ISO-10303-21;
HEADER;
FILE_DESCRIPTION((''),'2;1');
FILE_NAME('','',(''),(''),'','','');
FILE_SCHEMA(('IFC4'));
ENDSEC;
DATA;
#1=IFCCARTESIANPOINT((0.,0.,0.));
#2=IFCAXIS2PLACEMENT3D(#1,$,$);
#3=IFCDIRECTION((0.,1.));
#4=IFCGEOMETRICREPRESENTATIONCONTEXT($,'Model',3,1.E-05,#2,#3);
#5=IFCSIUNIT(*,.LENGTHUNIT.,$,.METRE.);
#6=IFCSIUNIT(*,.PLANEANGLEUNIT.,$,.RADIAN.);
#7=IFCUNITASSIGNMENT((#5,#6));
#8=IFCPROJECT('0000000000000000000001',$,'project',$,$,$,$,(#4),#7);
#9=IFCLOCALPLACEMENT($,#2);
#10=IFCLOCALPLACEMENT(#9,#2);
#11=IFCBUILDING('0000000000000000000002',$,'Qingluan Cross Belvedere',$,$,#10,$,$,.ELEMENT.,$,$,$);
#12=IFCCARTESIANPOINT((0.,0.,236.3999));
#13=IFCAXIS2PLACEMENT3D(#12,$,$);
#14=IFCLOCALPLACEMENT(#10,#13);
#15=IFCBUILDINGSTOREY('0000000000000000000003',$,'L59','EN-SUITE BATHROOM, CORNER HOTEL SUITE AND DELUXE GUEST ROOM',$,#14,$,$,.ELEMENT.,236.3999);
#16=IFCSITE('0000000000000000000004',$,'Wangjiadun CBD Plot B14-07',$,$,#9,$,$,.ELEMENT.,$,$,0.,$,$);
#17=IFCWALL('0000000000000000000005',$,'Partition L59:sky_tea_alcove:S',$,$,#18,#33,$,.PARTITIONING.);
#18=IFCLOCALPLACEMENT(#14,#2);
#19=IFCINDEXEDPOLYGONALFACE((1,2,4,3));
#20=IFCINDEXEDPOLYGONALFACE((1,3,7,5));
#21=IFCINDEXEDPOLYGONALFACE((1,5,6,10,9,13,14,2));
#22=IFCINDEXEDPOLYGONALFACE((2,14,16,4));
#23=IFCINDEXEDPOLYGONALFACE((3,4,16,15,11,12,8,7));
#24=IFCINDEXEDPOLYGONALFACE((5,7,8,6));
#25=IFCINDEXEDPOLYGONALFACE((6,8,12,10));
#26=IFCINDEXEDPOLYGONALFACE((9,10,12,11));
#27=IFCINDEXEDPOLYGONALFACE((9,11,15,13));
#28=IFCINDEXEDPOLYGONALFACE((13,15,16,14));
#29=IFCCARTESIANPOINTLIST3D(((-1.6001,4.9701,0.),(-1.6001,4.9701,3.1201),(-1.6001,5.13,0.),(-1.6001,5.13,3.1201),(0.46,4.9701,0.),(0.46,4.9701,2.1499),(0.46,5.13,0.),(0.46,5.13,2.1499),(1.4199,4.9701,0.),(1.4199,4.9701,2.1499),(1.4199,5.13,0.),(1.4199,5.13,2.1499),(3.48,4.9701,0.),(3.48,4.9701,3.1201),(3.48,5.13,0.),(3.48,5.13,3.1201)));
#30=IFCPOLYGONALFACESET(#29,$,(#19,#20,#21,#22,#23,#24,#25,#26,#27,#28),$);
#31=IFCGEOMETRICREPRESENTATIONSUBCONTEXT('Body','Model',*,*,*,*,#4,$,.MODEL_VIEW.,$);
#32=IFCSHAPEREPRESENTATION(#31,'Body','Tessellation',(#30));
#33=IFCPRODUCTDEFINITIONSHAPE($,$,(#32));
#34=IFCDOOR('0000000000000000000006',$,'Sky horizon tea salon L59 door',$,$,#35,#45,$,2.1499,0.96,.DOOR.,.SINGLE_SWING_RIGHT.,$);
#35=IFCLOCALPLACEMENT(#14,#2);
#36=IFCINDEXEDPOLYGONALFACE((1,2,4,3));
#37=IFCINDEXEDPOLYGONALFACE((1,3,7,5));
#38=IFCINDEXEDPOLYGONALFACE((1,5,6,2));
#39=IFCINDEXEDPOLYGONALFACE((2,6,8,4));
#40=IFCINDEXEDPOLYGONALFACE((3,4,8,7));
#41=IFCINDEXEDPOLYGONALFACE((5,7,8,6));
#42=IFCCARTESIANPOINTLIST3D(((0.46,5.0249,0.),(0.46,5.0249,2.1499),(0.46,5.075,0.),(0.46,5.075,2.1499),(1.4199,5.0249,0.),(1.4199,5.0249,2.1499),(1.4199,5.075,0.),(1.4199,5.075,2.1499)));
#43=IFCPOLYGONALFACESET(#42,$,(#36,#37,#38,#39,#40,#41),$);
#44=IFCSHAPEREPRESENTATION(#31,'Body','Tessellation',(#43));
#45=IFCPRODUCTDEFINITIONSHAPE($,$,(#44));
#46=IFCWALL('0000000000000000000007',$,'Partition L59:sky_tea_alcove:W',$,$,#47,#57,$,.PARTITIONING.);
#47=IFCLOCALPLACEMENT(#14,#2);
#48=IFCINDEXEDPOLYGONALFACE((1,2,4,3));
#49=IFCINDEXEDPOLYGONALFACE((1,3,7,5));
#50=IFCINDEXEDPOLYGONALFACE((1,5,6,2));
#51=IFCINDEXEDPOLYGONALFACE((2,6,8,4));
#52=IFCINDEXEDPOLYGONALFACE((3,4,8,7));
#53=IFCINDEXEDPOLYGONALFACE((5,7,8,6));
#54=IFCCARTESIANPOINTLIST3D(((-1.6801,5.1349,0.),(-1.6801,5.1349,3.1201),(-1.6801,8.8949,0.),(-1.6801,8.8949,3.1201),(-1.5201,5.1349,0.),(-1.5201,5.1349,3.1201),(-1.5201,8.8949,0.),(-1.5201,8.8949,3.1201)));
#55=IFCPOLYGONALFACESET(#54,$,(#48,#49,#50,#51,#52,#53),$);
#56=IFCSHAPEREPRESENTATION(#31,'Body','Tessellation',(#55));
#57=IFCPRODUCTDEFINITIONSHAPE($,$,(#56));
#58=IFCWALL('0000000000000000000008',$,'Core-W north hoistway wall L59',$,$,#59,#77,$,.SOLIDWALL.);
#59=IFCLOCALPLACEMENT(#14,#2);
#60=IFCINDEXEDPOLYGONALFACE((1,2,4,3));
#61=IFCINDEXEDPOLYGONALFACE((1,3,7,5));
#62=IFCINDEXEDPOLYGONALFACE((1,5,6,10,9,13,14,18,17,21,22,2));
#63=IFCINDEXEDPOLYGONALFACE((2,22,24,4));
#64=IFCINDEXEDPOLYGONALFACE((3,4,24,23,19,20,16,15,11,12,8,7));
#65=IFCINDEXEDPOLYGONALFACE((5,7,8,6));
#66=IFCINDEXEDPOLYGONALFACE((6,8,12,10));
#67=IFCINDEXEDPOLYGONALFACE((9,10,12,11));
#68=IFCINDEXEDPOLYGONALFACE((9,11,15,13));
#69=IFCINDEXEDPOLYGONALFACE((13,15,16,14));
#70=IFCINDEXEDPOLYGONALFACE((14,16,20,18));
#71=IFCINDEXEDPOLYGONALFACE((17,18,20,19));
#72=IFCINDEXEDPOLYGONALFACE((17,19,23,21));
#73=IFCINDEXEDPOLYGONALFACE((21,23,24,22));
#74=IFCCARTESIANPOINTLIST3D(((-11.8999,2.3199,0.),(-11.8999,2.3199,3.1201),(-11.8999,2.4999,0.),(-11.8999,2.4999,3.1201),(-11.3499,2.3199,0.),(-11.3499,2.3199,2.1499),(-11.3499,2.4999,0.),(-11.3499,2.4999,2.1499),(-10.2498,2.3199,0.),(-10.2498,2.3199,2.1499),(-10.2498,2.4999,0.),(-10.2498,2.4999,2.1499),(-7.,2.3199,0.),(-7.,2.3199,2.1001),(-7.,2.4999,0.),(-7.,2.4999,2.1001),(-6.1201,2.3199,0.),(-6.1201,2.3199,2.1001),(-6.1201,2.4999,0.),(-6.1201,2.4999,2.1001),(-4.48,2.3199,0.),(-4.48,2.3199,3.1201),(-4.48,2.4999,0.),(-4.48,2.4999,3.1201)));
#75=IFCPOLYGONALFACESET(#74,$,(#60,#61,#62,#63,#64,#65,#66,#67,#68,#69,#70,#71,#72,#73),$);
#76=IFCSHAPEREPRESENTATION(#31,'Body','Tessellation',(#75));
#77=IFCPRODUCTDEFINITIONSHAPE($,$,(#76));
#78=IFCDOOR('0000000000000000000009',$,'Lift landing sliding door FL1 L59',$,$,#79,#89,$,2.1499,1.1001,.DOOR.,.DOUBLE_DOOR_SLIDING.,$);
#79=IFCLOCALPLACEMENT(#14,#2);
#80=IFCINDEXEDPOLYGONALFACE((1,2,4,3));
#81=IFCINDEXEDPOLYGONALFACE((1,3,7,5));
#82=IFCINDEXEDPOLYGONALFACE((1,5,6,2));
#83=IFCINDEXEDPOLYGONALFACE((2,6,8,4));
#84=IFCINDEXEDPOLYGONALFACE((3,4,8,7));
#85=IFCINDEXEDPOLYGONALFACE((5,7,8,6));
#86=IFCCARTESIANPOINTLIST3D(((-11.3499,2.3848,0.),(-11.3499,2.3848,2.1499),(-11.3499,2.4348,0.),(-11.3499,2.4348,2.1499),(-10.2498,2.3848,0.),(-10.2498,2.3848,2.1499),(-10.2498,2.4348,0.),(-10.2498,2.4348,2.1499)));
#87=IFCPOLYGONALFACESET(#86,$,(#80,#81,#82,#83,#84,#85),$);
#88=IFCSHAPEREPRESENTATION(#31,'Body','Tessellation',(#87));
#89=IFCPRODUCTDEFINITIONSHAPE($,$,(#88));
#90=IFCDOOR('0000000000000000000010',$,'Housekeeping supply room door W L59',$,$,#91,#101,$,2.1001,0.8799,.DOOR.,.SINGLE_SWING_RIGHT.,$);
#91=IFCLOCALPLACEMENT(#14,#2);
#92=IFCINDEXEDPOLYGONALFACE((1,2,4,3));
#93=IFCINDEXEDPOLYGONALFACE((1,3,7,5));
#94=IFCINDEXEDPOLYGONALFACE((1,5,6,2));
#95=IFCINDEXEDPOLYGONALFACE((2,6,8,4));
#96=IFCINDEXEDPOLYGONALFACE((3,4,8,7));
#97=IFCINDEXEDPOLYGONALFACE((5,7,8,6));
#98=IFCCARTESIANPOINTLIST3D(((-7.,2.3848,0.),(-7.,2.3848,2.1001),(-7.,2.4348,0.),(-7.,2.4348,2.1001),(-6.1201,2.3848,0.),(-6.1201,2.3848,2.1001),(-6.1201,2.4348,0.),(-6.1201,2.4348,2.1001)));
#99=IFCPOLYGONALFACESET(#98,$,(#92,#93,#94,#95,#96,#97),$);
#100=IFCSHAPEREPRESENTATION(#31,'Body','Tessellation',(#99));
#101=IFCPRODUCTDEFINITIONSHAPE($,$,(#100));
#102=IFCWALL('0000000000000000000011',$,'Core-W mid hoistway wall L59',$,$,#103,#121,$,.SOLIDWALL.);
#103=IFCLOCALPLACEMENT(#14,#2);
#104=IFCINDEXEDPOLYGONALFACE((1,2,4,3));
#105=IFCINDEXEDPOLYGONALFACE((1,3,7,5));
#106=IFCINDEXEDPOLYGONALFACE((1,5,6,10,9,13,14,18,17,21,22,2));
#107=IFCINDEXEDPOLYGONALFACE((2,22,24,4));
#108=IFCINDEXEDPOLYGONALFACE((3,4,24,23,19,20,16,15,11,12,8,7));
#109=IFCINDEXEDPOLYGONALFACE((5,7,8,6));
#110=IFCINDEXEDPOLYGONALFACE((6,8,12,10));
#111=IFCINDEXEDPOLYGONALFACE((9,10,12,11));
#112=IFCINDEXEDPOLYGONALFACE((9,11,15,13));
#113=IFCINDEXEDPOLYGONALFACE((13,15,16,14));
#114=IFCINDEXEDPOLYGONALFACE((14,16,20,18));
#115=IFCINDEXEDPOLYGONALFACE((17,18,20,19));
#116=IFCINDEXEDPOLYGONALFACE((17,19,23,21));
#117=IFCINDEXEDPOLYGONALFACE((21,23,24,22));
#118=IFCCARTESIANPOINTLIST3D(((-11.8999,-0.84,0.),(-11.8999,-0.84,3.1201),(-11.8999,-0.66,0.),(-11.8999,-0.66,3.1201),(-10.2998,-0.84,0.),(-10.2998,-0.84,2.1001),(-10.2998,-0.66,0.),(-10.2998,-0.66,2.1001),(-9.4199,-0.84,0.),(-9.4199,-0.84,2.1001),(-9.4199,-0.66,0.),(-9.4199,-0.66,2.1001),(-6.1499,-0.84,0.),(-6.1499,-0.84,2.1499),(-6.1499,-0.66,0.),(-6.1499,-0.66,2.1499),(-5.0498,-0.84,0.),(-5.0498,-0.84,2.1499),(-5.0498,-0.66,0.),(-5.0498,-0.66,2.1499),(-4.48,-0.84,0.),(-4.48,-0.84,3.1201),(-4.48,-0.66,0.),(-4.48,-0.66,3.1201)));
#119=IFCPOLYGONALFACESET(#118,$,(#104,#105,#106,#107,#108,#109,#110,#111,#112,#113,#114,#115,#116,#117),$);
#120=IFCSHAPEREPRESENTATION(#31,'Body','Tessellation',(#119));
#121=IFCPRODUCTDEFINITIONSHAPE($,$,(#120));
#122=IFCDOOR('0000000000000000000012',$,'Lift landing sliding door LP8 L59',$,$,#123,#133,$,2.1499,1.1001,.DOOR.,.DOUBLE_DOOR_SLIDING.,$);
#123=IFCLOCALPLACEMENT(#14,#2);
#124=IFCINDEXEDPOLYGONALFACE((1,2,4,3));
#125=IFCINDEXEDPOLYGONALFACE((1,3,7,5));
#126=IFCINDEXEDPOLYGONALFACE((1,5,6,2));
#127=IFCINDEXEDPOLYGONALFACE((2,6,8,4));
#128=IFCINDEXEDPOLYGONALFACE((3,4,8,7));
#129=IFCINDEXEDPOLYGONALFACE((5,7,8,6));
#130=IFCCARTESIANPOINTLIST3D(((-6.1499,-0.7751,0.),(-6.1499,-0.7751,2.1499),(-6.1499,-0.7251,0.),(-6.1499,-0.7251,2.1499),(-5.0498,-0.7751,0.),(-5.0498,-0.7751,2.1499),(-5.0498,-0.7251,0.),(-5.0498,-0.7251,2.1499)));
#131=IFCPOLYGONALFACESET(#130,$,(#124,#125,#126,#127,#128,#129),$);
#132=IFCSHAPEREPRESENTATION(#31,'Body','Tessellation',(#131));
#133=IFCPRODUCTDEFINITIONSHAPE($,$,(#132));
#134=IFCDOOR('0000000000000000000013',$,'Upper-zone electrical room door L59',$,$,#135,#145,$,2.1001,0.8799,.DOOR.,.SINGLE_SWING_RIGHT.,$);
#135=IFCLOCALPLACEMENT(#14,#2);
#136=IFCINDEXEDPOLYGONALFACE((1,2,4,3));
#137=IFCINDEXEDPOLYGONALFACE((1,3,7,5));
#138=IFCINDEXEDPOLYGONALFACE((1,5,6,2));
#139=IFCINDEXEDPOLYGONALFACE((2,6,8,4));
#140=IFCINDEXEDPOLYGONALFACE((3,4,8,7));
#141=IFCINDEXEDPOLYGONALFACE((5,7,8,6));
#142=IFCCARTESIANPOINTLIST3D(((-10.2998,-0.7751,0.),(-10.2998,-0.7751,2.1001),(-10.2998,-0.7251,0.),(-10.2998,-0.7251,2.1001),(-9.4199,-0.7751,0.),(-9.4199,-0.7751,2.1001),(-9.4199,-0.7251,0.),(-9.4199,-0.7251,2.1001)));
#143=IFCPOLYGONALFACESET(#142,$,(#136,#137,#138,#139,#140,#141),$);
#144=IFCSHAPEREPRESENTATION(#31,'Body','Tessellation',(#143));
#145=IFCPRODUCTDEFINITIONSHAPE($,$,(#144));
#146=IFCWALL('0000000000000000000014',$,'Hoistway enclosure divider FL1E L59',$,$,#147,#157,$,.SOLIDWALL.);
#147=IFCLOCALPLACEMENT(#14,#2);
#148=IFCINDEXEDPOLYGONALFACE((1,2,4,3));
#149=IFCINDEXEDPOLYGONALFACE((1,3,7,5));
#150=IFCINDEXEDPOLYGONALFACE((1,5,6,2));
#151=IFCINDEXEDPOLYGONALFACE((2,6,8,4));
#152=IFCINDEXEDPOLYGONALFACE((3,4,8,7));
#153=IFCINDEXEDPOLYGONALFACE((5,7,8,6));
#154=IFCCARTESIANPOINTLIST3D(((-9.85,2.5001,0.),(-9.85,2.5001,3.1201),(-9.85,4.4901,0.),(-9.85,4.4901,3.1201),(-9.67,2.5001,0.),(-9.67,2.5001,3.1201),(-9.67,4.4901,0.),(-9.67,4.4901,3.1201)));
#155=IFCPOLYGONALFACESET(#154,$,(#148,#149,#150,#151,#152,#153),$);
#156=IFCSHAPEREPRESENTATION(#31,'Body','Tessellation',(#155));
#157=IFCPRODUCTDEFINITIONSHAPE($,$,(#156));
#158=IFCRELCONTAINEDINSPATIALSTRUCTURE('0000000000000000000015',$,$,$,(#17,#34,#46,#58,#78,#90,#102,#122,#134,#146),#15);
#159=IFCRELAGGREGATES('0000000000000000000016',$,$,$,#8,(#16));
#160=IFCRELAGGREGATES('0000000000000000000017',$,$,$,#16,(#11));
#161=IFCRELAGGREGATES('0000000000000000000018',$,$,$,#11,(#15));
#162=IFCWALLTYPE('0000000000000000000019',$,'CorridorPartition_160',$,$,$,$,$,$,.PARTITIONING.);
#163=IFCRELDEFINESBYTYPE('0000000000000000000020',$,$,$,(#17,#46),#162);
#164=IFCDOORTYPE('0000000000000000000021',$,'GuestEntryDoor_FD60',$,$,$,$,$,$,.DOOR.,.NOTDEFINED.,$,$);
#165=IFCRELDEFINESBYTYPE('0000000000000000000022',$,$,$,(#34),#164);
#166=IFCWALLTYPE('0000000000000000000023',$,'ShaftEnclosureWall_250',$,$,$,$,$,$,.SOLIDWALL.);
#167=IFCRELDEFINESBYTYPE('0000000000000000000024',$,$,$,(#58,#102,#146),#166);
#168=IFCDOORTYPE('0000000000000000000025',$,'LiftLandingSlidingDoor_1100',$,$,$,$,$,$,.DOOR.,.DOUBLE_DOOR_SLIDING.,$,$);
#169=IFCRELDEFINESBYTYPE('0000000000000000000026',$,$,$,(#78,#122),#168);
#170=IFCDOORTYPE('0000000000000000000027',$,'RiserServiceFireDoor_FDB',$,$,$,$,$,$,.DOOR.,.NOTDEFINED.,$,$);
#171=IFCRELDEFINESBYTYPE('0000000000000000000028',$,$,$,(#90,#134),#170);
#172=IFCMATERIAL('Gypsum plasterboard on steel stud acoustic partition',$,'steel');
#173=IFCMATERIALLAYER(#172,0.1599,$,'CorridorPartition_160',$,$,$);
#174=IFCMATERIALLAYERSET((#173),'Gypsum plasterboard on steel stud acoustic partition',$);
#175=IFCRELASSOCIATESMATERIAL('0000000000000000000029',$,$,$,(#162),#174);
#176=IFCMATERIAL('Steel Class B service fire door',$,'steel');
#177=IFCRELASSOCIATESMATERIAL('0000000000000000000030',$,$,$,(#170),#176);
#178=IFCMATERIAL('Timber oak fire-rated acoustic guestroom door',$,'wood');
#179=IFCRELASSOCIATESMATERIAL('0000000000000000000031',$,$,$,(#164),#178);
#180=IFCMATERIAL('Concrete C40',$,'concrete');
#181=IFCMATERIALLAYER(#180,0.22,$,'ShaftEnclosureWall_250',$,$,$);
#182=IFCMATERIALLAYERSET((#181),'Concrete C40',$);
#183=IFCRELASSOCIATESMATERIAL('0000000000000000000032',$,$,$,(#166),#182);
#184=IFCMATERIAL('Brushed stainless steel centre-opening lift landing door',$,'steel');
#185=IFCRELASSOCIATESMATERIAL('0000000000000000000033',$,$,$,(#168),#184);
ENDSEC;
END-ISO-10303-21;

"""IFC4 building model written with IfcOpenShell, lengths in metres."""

from ifc_helpers import new_model, si_unit, direction, frame, frame_2d, origin, place, context, subcontext, project, spatial, rectangle, extrude, material, layer, layer_set, type_object, element, fill, save


model = new_model("IFC4")

# Units and contexts
model_context = context("Model", 3, precision=1e-05, world=origin(), true_north=direction((0.0, 1.0)))
body_context = subcontext(model_context, "Body", "Model", "MODEL_VIEW")
ifc_project = project(units=[si_unit("LENGTHUNIT", "METRE"), si_unit("PLANEANGLEUNIT", "RADIAN")], contexts=[model_context])

# Site, building, storey
site_placement = place(None, origin())
site = spatial("IfcSite", under=ifc_project, at=site_placement, Name="Wangjiadun CBD Plot B14-07", CompositionType="ELEMENT", RefElevation=0.0)
building_placement = place(site_placement, origin())
building = spatial("IfcBuilding", under=site, at=building_placement, Name="Qingluan Cross Belvedere", CompositionType="ELEMENT")
storey_placement = place(building_placement, frame((0.0, 0.0, 236.3999)))
storey = spatial("IfcBuildingStorey", under=building, at=storey_placement, Name="L59", Description="EN-SUITE BATHROOM, CORNER HOTEL SUITE AND DELUXE GUEST ROOM", CompositionType="ELEMENT", Elevation=236.3999)

# Wall, opening, door
ifc_material_1 = material(Name="Gypsum plasterboard on steel stud acoustic partition", Category="steel")
ifc_layer_1 = layer(ifc_material_1, 0.1599, Name="CorridorPartition_160")
ifc_layer_set_1 = layer_set([ifc_layer_1], Name="Gypsum plasterboard on steel stud acoustic partition")
wall_type_1 = type_object("IfcWallType", Name="CorridorPartition_160", PredefinedType="PARTITIONING", material=ifc_layer_set_1)
ifc_material_2 = material(Name="Steel Class B service fire door", Category="steel")
door_type_1 = type_object("IfcDoorType", Name="RiserServiceFireDoor_FDB", OperationType="NOTDEFINED", PredefinedType="DOOR", material=ifc_material_2)
wall_1_placement = place(storey_placement, frame((-1.6001, 5.05, 0.0), z_axis=(0.0, 0.0, 1.0), x_axis=(1.0, 0.0, 0.0)))
wall_1 = element("IfcWall", 1, at=wall_1_placement, inside=storey, type_object=wall_type_1, Name="Partition L59:sky_tea_alcove:S", PredefinedType="PARTITIONING", context=body_context, shape_type="SweptSolid", body=[
    extrude(rectangle(XDim=5.0801, YDim=0.1599, at=frame_2d((2.54, 0.0))), origin(), (0.0, 0.0, 1.0), 3.1201),
])
opening_1_placement = place(wall_1_placement, frame((2.0601, 0.0, 0.0)))
opening_1 = element("IfcOpeningElement", 2, at=opening_1_placement, cuts=wall_1, PredefinedType="OPENING", context=body_context, shape_type="SweptSolid", body=[
    extrude(rectangle(XDim=0.96, YDim=2.1499, at=frame_2d((0.48, 1.075))), frame((0.0, 0.0898, 0.0), z_axis=(0.0, -1.0, 0.0), x_axis=(1.0, 0.0, 0.0)), (0.0, 0.0, 1.0), 0.1799),
])
ifc_material_3 = material(Name="Timber oak fire-rated acoustic guestroom door", Category="wood")
door_type_2 = type_object("IfcDoorType", Name="GuestEntryDoor_FD60", OperationType="NOTDEFINED", PredefinedType="DOOR", material=ifc_material_3)
door_1_placement = place(opening_1_placement, origin())
door_1 = element("IfcDoor", 3, at=door_1_placement, inside=storey, type_object=door_type_2, Name="Sky horizon tea salon L59 door", OperationType="SINGLE_SWING_RIGHT", OverallHeight=2.1499, OverallWidth=0.96, PredefinedType="DOOR", context=body_context, shape_type="SweptSolid", body=[
    extrude(rectangle(XDim=0.96, YDim=2.1499, at=frame_2d((0.48, 1.075))), frame((0.0, 0.0249, 0.0), z_axis=(0.0, -1.0, 0.0), x_axis=(1.0, 0.0, 0.0)), (0.0, 0.0, 1.0), 0.05),
])
fill(opening_1, door_1)

# Wall
wall_2_placement = place(storey_placement, frame((-1.6001, 5.135, 0.0), z_axis=(0.0, 0.0, 1.0), x_axis=(0.0, 1.0, 0.0)))
element("IfcWall", 4, at=wall_2_placement, inside=storey, type_object=wall_type_1, Name="Partition L59:sky_tea_alcove:W", PredefinedType="PARTITIONING", context=body_context, shape_type="SweptSolid", body=[
    extrude(rectangle(XDim=3.76, YDim=0.1599, at=frame_2d((1.8799, 0.0))), origin(), (0.0, 0.0, 1.0), 3.1201),
])

# Walls, openings, doors
ifc_material_4 = material(Name="Concrete C40", Category="concrete")
ifc_layer_2 = layer(ifc_material_4, 0.22, Name="ShaftEnclosureWall_250")
ifc_layer_set_2 = layer_set([ifc_layer_2], Name="Concrete C40")
wall_type_2 = type_object("IfcWallType", Name="ShaftEnclosureWall_250", PredefinedType="SOLIDWALL", material=ifc_layer_set_2)
wall_3_placement = place(storey_placement, frame((-11.8999, 2.4099, 0.0), z_axis=(0.0, 0.0, 1.0), x_axis=(1.0, 0.0, 0.0)))
wall_3 = element("IfcWall", 5, at=wall_3_placement, inside=storey, type_object=wall_type_2, Name="Core-W north hoistway wall L59", PredefinedType="SOLIDWALL", context=body_context, shape_type="SweptSolid", body=[
    extrude(rectangle(XDim=7.4199, YDim=0.1799, at=frame_2d((3.71, 0.0))), origin(), (0.0, 0.0, 1.0), 3.1201),
])
opening_2_placement = place(wall_3_placement, frame((0.55, 0.0, 0.0)))
opening_2 = element("IfcOpeningElement", 6, at=opening_2_placement, cuts=wall_3, PredefinedType="OPENING", context=body_context, shape_type="SweptSolid", body=[
    extrude(rectangle(XDim=1.1001, YDim=2.1499, at=frame_2d((0.55, 1.075))), frame((0.0, 0.0999, 0.0), z_axis=(0.0, -1.0, 0.0), x_axis=(1.0, 0.0, 0.0)), (0.0, 0.0, 1.0), 0.2),
])
opening_3_placement = place(wall_3_placement, frame((4.8999, 0.0, 0.0)))
opening_3 = element("IfcOpeningElement", 7, at=opening_3_placement, cuts=wall_3, PredefinedType="OPENING", context=body_context, shape_type="SweptSolid", body=[
    extrude(rectangle(XDim=0.8799, YDim=2.1001, at=frame_2d((0.4399, 1.05))), frame((0.0, 0.0999, 0.0), z_axis=(0.0, -1.0, 0.0), x_axis=(1.0, 0.0, 0.0)), (0.0, 0.0, 1.0), 0.2),
])
ifc_material_5 = material(Name="Brushed stainless steel centre-opening lift landing door", Category="steel")
door_type_3 = type_object("IfcDoorType", Name="LiftLandingSlidingDoor_1100", OperationType="DOUBLE_DOOR_SLIDING", PredefinedType="DOOR", material=ifc_material_5)
door_2_placement = place(opening_2_placement, origin())
door_2 = element("IfcDoor", 8, at=door_2_placement, inside=storey, type_object=door_type_3, Name="Lift landing sliding door FL1 L59", OperationType="DOUBLE_DOOR_SLIDING", OverallHeight=2.1499, OverallWidth=1.1001, PredefinedType="DOOR", context=body_context, shape_type="SweptSolid", body=[
    extrude(rectangle(XDim=1.1001, YDim=2.1499, at=frame_2d((0.55, 1.075))), frame((0.0, 0.0249, 0.0), z_axis=(0.0, -1.0, 0.0), x_axis=(1.0, 0.0, 0.0)), (0.0, 0.0, 1.0), 0.05),
])
fill(opening_2, door_2)
door_3_placement = place(opening_3_placement, origin())
door_3 = element("IfcDoor", 9, at=door_3_placement, inside=storey, type_object=door_type_1, Name="Housekeeping supply room door W L59", OperationType="SINGLE_SWING_RIGHT", OverallHeight=2.1001, OverallWidth=0.8799, PredefinedType="DOOR", context=body_context, shape_type="SweptSolid", body=[
    extrude(rectangle(XDim=0.8799, YDim=2.1001, at=frame_2d((0.4399, 1.05))), frame((0.0, 0.0249, 0.0), z_axis=(0.0, -1.0, 0.0), x_axis=(1.0, 0.0, 0.0)), (0.0, 0.0, 1.0), 0.05),
])
fill(opening_3, door_3)
wall_4_placement = place(storey_placement, frame((-11.8999, -0.75, 0.0), z_axis=(0.0, 0.0, 1.0), x_axis=(1.0, 0.0, 0.0)))
wall_4 = element("IfcWall", 10, at=wall_4_placement, inside=storey, type_object=wall_type_2, Name="Core-W mid hoistway wall L59", PredefinedType="SOLIDWALL", context=body_context, shape_type="SweptSolid", body=[
    extrude(rectangle(XDim=7.4199, YDim=0.1799, at=frame_2d((3.71, 0.0))), origin(), (0.0, 0.0, 1.0), 3.1201),
])
opening_4_placement = place(wall_4_placement, frame((5.75, 0.0, 0.0)))
opening_4 = element("IfcOpeningElement", 11, at=opening_4_placement, cuts=wall_4, PredefinedType="OPENING", context=body_context, shape_type="SweptSolid", body=[
    extrude(rectangle(XDim=1.1001, YDim=2.1499, at=frame_2d((0.55, 1.075))), frame((0.0, 0.0999, 0.0), z_axis=(0.0, -1.0, 0.0), x_axis=(1.0, 0.0, 0.0)), (0.0, 0.0, 1.0), 0.2),
])
opening_5_placement = place(wall_4_placement, frame((1.6001, 0.0, 0.0)))
opening_5 = element("IfcOpeningElement", 12, at=opening_5_placement, cuts=wall_4, PredefinedType="OPENING", context=body_context, shape_type="SweptSolid", body=[
    extrude(rectangle(XDim=0.8799, YDim=2.1001, at=frame_2d((0.4399, 1.05))), frame((0.0, 0.0999, 0.0), z_axis=(0.0, -1.0, 0.0), x_axis=(1.0, 0.0, 0.0)), (0.0, 0.0, 1.0), 0.2),
])
door_4_placement = place(opening_4_placement, origin())
door_4 = element("IfcDoor", 13, at=door_4_placement, inside=storey, type_object=door_type_3, Name="Lift landing sliding door LP8 L59", OperationType="DOUBLE_DOOR_SLIDING", OverallHeight=2.1499, OverallWidth=1.1001, PredefinedType="DOOR", context=body_context, shape_type="SweptSolid", body=[
    extrude(rectangle(XDim=1.1001, YDim=2.1499, at=frame_2d((0.55, 1.075))), frame((0.0, 0.0249, 0.0), z_axis=(0.0, -1.0, 0.0), x_axis=(1.0, 0.0, 0.0)), (0.0, 0.0, 1.0), 0.05),
])
fill(opening_4, door_4)
door_5_placement = place(opening_5_placement, origin())
door_5 = element("IfcDoor", 14, at=door_5_placement, inside=storey, type_object=door_type_1, Name="Upper-zone electrical room door L59", OperationType="SINGLE_SWING_RIGHT", OverallHeight=2.1001, OverallWidth=0.8799, PredefinedType="DOOR", context=body_context, shape_type="SweptSolid", body=[
    extrude(rectangle(XDim=0.8799, YDim=2.1001, at=frame_2d((0.4399, 1.05))), frame((0.0, 0.0249, 0.0), z_axis=(0.0, -1.0, 0.0), x_axis=(1.0, 0.0, 0.0)), (0.0, 0.0, 1.0), 0.05),
])
fill(opening_5, door_5)

# Wall
wall_5_placement = place(storey_placement, frame((-9.76, 2.5, 0.0), z_axis=(0.0, 0.0, 1.0), x_axis=(0.0, 1.0, 0.0)))
element("IfcWall", 15, at=wall_5_placement, inside=storey, type_object=wall_type_2, Name="Hoistway enclosure divider FL1E L59", PredefinedType="SOLIDWALL", context=body_context, shape_type="SweptSolid", body=[
    extrude(rectangle(XDim=1.99, YDim=0.1799, at=frame_2d((0.9951, 0.0))), origin(), (0.0, 0.0, 1.0), 3.1201),
])

save(model, "model.ifc")
